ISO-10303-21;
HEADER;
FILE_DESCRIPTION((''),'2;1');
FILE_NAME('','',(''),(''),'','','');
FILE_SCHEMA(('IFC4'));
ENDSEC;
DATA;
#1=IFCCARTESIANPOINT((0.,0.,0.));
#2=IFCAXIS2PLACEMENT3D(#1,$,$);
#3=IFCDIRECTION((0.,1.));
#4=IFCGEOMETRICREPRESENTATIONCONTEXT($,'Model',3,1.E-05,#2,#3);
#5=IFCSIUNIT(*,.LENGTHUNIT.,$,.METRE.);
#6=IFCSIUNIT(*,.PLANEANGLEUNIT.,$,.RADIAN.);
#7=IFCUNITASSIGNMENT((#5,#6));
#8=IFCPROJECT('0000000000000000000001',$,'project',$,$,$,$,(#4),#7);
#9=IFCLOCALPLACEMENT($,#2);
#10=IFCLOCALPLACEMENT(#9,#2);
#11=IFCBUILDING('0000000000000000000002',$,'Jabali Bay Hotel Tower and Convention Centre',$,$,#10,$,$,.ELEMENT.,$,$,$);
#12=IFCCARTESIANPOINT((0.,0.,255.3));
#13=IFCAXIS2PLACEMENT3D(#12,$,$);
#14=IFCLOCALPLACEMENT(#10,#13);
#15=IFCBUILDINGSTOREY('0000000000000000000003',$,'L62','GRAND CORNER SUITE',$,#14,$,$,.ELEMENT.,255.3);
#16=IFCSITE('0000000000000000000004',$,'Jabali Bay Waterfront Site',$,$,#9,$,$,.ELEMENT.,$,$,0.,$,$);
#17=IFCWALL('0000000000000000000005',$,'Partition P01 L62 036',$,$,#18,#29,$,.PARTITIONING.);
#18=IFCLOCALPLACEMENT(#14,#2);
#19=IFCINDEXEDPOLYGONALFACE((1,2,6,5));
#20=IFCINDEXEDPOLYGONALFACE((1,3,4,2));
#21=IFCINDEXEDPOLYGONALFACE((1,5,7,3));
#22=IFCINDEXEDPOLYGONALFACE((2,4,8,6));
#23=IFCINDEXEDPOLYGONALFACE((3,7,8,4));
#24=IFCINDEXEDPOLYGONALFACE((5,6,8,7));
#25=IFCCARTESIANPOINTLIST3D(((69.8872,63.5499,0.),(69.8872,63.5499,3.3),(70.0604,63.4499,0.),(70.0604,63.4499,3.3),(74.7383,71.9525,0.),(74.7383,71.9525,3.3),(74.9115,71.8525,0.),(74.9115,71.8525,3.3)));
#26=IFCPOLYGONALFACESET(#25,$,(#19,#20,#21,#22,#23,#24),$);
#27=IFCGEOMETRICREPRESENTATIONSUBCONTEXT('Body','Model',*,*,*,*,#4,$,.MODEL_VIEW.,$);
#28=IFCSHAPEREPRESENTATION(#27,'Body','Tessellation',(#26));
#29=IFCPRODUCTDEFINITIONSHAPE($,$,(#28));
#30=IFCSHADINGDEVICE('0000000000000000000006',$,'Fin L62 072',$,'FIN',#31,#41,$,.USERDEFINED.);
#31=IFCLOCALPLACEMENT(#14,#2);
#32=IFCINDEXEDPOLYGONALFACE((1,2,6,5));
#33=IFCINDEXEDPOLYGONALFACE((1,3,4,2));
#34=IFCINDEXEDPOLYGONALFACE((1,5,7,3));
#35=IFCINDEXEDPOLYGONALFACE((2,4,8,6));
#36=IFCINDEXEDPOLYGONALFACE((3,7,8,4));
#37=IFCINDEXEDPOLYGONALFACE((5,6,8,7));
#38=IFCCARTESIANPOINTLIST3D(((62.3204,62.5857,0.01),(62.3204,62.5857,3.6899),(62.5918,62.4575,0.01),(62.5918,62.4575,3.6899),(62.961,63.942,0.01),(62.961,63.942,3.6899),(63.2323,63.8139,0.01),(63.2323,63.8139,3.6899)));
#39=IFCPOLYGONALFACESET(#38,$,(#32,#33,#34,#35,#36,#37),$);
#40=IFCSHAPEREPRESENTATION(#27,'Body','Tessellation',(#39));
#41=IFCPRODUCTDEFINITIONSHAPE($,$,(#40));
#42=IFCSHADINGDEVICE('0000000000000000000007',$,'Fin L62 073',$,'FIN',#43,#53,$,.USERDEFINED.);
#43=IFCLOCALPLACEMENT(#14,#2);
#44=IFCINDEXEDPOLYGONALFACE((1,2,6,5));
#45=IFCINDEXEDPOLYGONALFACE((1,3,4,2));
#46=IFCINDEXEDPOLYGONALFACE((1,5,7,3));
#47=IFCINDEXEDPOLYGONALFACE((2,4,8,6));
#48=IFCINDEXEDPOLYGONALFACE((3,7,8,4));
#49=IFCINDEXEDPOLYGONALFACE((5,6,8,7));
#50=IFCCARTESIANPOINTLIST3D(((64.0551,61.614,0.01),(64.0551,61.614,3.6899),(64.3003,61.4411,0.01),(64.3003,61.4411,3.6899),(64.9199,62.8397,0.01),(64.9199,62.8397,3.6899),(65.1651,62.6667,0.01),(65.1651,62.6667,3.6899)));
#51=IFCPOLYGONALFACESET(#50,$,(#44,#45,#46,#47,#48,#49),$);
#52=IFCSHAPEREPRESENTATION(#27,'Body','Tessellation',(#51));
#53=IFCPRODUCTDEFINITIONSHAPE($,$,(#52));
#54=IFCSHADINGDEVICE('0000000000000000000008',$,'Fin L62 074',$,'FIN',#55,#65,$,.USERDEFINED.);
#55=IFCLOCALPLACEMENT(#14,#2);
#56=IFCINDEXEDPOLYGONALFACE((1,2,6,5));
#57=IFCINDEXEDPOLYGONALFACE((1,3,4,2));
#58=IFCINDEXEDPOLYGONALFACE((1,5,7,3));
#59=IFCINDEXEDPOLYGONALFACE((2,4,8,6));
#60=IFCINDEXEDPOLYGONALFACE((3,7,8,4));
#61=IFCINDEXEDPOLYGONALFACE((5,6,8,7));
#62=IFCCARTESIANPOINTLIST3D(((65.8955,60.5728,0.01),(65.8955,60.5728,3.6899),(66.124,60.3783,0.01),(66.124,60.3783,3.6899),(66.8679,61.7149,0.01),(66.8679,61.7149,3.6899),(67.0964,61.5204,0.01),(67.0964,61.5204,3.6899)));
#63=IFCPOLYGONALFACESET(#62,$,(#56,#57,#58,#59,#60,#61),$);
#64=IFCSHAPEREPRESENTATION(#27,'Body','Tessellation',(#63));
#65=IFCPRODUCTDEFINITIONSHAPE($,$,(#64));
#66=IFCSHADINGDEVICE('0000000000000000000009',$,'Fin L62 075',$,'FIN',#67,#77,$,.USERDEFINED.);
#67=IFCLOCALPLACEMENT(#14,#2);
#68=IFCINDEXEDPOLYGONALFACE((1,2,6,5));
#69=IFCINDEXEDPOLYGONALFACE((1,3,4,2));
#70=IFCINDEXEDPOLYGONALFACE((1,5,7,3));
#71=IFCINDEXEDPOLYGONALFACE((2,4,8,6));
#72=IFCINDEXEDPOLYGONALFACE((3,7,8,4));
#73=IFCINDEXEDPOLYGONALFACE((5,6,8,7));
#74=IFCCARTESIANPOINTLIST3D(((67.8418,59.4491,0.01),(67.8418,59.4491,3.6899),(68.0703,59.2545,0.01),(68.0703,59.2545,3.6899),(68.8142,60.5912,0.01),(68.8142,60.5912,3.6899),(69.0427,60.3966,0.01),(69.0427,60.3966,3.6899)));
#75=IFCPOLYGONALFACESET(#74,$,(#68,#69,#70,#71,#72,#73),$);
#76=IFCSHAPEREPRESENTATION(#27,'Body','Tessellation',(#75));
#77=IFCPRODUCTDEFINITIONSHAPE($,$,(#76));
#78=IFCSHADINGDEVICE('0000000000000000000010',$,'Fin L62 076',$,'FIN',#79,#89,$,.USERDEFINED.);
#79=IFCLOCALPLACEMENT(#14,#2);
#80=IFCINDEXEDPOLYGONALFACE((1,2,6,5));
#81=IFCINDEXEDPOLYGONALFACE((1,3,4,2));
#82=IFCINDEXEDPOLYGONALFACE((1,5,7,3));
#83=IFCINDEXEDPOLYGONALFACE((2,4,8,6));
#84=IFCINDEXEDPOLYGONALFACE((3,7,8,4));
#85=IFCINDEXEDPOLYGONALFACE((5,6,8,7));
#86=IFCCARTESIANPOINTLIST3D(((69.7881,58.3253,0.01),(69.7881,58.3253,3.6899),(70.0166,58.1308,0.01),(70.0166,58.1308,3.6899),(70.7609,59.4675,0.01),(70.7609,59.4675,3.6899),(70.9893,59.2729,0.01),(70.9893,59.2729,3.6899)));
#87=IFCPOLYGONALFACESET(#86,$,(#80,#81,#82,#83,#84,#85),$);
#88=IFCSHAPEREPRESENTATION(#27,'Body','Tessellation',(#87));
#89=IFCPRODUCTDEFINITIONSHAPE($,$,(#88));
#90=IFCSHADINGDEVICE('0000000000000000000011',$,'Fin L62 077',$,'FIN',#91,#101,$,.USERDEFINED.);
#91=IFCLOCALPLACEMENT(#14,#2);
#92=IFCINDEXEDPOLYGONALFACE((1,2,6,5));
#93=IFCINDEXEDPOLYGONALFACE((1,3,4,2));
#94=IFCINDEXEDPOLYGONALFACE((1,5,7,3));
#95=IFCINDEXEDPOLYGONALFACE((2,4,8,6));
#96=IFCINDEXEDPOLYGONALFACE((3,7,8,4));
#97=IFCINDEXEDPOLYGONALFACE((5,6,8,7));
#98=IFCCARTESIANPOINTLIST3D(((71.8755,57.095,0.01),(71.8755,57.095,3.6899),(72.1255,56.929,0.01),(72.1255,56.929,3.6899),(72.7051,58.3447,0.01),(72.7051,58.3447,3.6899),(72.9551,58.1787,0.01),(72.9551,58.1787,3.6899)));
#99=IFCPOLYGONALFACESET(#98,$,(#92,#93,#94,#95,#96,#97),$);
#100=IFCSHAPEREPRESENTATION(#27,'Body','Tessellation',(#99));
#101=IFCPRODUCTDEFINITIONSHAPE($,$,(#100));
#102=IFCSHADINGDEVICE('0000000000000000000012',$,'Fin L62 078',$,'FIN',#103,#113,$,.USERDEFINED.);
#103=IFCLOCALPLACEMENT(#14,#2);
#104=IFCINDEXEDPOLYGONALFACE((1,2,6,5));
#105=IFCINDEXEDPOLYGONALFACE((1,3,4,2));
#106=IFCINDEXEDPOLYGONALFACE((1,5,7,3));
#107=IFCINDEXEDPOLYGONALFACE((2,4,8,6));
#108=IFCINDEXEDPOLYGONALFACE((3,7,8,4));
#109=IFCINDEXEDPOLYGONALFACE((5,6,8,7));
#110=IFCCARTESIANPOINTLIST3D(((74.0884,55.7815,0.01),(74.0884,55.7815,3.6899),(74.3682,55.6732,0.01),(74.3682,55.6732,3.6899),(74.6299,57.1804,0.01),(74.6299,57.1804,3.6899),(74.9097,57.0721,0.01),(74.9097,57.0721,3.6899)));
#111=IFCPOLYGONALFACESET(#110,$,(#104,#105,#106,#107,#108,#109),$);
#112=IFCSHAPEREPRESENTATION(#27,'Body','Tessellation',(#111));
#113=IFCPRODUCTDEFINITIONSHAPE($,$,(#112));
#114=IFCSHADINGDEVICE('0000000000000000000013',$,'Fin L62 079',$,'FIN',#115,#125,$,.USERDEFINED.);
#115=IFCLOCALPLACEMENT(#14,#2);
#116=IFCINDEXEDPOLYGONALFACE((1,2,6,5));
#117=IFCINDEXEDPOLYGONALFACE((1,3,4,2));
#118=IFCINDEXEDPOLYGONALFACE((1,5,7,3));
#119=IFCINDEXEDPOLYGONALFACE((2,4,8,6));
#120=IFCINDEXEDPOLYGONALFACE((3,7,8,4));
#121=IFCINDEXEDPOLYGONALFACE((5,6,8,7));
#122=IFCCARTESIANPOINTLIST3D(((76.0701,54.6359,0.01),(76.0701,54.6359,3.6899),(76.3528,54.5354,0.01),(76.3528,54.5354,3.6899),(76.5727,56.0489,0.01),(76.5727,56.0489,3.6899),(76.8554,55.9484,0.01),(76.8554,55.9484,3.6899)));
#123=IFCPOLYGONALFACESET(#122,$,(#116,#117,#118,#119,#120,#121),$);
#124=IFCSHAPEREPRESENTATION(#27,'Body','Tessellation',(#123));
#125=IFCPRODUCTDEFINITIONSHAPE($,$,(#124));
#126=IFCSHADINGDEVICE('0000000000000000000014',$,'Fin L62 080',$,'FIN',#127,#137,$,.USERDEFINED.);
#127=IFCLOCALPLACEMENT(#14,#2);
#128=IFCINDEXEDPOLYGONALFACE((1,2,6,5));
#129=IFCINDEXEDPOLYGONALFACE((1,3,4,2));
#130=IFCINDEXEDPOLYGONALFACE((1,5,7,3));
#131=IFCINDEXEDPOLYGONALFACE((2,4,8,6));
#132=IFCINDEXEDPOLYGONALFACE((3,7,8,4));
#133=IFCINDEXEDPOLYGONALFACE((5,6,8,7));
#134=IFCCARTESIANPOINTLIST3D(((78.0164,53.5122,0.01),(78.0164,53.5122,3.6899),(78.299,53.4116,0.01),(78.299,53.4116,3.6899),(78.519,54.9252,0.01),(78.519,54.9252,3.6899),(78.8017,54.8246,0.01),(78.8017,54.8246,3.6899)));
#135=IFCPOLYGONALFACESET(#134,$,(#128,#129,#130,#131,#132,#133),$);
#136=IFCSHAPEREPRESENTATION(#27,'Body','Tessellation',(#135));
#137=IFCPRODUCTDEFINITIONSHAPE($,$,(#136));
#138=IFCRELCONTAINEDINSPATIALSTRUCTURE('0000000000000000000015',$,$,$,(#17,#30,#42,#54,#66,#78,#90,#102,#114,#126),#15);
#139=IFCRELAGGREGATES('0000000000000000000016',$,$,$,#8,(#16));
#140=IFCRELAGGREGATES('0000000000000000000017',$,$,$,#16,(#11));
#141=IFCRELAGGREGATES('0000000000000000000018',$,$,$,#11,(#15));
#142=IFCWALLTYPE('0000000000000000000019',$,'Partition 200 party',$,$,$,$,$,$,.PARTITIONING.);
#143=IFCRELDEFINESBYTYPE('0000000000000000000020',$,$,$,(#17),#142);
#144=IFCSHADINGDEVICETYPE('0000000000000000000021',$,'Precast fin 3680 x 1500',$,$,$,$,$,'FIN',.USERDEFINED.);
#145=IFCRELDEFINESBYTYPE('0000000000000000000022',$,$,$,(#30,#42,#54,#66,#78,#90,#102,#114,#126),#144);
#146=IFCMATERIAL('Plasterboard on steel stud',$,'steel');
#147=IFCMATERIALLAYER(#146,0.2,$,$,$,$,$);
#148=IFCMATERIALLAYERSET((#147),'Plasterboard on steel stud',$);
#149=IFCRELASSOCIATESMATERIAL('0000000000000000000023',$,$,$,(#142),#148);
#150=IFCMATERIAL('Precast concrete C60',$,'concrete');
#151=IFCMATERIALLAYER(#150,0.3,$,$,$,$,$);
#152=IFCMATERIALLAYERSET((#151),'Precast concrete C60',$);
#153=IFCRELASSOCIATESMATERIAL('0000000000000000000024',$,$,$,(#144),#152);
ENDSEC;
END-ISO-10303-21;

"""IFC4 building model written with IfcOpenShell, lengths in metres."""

from ifc_helpers import new_model, si_unit, direction, frame, frame_2d, origin, place, context, subcontext, project, spatial, rectangle, extrude, material, layer, layer_set, type_object, element, save


model = new_model("IFC4")

# Units and contexts
model_context = context("Model", 3, precision=1e-05, world=origin(), true_north=direction((0.0, 1.0)))
body_context = subcontext(model_context, "Body", "Model", "MODEL_VIEW")
ifc_project = project(units=[si_unit("LENGTHUNIT", "METRE"), si_unit("PLANEANGLEUNIT", "RADIAN")], contexts=[model_context])

# Site, building, storey
site_placement = place(None, origin())
site = spatial("IfcSite", under=ifc_project, at=site_placement, Name="Jabali Bay Waterfront Site", CompositionType="ELEMENT", RefElevation=0.0)
building_placement = place(site_placement, origin())
building = spatial("IfcBuilding", under=site, at=building_placement, Name="Jabali Bay Hotel Tower and Convention Centre", CompositionType="ELEMENT")
storey_placement = place(building_placement, frame((0.0, 0.0, 255.3)))
storey = spatial("IfcBuildingStorey", under=building, at=storey_placement, Name="L62", Description="GRAND CORNER SUITE", CompositionType="ELEMENT", Elevation=255.3)

# Wall
ifc_material_1 = material(Name="Plasterboard on steel stud", Category="steel")
ifc_layer_1 = layer(ifc_material_1, 0.2)
ifc_layer_set_1 = layer_set([ifc_layer_1], Name="Plasterboard on steel stud")
wall_type_1 = type_object("IfcWallType", Name="Partition 200 party", PredefinedType="PARTITIONING", material=ifc_layer_set_1)
wall_1_placement = place(storey_placement, frame((69.9739, 63.5, 0.0), z_axis=(0.0, 0.0, 1.0), x_axis=(0.499987, 0.866033, 0.0)))
element("IfcWall", 1, at=wall_1_placement, inside=storey, type_object=wall_type_1, Name="Partition P01 L62 036", PredefinedType="PARTITIONING", context=body_context, shape_type="SweptSolid", body=[
    extrude(rectangle(XDim=9.7024, YDim=0.2, at=frame_2d((4.8511, 0.0))), origin(), (0.0, 0.0, 1.0), 3.3),
])

# Shading devices
ifc_material_2 = material(Name="Precast concrete C60", Category="concrete")
ifc_layer_2 = layer(ifc_material_2, 0.3)
ifc_layer_set_2 = layer_set([ifc_layer_2], Name="Precast concrete C60")
shading_device_type = type_object("IfcShadingDeviceType", Name="Precast fin 3680 x 1500", ElementType="FIN", PredefinedType="USERDEFINED", material=ifc_layer_set_2)
for number, where, z_axis, x_axis, name in (
    (2, (63.0967, 63.8779, 0.01), (0.0, 0.0, 1.0), (-0.427051, -0.904228, 0.0), "Fin L62 072"),
    (3, (65.0425, 62.7532, 0.01), (0.0, 0.0, 1.0), (-0.576517, -0.817085, 0.0), "Fin L62 073"),
    (4, (66.9822, 61.6177, 0.01), (0.0, 0.0, 1.0), (-0.648281, -0.761401, 0.0), "Fin L62 074"),
    (5, (68.9285, 60.4939, 0.01), (0.0, 0.0, 1.0), (-0.648281, -0.761401, 0.0), "Fin L62 075"),
):
    element("IfcShadingDevice", number, at=place(storey_placement, frame(where, z_axis=z_axis, x_axis=x_axis)), inside=storey, type_object=shading_device_type, Name=name, ObjectType="FIN", PredefinedType="USERDEFINED", context=body_context, shape_type="SweptSolid", body=[
        extrude(rectangle(XDim=1.5, YDim=0.3, at=frame_2d((0.75, 0.0))), origin(), (0.0, 0.0, 1.0), 3.6799),
    ])
shading_device_placement = place(storey_placement, frame((70.875, 59.3701, 0.01), z_axis=(0.0, 0.0, 1.0), x_axis=(-0.648376, -0.761321, 0.0)))
element("IfcShadingDevice", 6, at=shading_device_placement, inside=storey, type_object=shading_device_type, Name="Fin L62 076", ObjectType="FIN", PredefinedType="USERDEFINED", context=body_context, shape_type="SweptSolid", body=[
    extrude(rectangle(XDim=1.5002, YDim=0.3, at=frame_2d((0.75, 0.0))), origin(), (0.0, 0.0, 1.0), 3.6799),
])
for number, where, z_axis, x_axis, name in (
    (7, (72.8301, 58.2617, 0.01), (0.0, 0.0, 1.0), (-0.553046, -0.83315, 0.0), "Fin L62 077"),
    (8, (74.7698, 57.1262, 0.01), (0.0, 0.0, 1.0), (-0.360985, -0.932572, 0.0), "Fin L62 078"),
):
    element("IfcShadingDevice", number, at=place(storey_placement, frame(where, z_axis=z_axis, x_axis=x_axis)), inside=storey, type_object=shading_device_type, Name=name, ObjectType="FIN", PredefinedType="USERDEFINED", context=body_context, shape_type="SweptSolid", body=[
        extrude(rectangle(XDim=1.5, YDim=0.3, at=frame_2d((0.75, 0.0))), origin(), (0.0, 0.0, 1.0), 3.6799),
    ])
for number, where, z_axis, x_axis, name in (
    (9, (76.7141, 55.9988, 0.01), (0.0, 0.0, 1.0), (-0.335161, -0.942161, 0.0), "Fin L62 079"),
    (10, (78.6604, 54.875, 0.01), (0.0, 0.0, 1.0), (-0.335161, -0.942161, 0.0), "Fin L62 080"),
):
    element("IfcShadingDevice", number, at=place(storey_placement, frame(where, z_axis=z_axis, x_axis=x_axis)), inside=storey, type_object=shading_device_type, Name=name, ObjectType="FIN", PredefinedType="USERDEFINED", context=body_context, shape_type="SweptSolid", body=[
        extrude(rectangle(XDim=1.4998, YDim=0.3, at=frame_2d((0.75, 0.0))), origin(), (0.0, 0.0, 1.0), 3.6799),
    ])

save(model, "model.ifc")
